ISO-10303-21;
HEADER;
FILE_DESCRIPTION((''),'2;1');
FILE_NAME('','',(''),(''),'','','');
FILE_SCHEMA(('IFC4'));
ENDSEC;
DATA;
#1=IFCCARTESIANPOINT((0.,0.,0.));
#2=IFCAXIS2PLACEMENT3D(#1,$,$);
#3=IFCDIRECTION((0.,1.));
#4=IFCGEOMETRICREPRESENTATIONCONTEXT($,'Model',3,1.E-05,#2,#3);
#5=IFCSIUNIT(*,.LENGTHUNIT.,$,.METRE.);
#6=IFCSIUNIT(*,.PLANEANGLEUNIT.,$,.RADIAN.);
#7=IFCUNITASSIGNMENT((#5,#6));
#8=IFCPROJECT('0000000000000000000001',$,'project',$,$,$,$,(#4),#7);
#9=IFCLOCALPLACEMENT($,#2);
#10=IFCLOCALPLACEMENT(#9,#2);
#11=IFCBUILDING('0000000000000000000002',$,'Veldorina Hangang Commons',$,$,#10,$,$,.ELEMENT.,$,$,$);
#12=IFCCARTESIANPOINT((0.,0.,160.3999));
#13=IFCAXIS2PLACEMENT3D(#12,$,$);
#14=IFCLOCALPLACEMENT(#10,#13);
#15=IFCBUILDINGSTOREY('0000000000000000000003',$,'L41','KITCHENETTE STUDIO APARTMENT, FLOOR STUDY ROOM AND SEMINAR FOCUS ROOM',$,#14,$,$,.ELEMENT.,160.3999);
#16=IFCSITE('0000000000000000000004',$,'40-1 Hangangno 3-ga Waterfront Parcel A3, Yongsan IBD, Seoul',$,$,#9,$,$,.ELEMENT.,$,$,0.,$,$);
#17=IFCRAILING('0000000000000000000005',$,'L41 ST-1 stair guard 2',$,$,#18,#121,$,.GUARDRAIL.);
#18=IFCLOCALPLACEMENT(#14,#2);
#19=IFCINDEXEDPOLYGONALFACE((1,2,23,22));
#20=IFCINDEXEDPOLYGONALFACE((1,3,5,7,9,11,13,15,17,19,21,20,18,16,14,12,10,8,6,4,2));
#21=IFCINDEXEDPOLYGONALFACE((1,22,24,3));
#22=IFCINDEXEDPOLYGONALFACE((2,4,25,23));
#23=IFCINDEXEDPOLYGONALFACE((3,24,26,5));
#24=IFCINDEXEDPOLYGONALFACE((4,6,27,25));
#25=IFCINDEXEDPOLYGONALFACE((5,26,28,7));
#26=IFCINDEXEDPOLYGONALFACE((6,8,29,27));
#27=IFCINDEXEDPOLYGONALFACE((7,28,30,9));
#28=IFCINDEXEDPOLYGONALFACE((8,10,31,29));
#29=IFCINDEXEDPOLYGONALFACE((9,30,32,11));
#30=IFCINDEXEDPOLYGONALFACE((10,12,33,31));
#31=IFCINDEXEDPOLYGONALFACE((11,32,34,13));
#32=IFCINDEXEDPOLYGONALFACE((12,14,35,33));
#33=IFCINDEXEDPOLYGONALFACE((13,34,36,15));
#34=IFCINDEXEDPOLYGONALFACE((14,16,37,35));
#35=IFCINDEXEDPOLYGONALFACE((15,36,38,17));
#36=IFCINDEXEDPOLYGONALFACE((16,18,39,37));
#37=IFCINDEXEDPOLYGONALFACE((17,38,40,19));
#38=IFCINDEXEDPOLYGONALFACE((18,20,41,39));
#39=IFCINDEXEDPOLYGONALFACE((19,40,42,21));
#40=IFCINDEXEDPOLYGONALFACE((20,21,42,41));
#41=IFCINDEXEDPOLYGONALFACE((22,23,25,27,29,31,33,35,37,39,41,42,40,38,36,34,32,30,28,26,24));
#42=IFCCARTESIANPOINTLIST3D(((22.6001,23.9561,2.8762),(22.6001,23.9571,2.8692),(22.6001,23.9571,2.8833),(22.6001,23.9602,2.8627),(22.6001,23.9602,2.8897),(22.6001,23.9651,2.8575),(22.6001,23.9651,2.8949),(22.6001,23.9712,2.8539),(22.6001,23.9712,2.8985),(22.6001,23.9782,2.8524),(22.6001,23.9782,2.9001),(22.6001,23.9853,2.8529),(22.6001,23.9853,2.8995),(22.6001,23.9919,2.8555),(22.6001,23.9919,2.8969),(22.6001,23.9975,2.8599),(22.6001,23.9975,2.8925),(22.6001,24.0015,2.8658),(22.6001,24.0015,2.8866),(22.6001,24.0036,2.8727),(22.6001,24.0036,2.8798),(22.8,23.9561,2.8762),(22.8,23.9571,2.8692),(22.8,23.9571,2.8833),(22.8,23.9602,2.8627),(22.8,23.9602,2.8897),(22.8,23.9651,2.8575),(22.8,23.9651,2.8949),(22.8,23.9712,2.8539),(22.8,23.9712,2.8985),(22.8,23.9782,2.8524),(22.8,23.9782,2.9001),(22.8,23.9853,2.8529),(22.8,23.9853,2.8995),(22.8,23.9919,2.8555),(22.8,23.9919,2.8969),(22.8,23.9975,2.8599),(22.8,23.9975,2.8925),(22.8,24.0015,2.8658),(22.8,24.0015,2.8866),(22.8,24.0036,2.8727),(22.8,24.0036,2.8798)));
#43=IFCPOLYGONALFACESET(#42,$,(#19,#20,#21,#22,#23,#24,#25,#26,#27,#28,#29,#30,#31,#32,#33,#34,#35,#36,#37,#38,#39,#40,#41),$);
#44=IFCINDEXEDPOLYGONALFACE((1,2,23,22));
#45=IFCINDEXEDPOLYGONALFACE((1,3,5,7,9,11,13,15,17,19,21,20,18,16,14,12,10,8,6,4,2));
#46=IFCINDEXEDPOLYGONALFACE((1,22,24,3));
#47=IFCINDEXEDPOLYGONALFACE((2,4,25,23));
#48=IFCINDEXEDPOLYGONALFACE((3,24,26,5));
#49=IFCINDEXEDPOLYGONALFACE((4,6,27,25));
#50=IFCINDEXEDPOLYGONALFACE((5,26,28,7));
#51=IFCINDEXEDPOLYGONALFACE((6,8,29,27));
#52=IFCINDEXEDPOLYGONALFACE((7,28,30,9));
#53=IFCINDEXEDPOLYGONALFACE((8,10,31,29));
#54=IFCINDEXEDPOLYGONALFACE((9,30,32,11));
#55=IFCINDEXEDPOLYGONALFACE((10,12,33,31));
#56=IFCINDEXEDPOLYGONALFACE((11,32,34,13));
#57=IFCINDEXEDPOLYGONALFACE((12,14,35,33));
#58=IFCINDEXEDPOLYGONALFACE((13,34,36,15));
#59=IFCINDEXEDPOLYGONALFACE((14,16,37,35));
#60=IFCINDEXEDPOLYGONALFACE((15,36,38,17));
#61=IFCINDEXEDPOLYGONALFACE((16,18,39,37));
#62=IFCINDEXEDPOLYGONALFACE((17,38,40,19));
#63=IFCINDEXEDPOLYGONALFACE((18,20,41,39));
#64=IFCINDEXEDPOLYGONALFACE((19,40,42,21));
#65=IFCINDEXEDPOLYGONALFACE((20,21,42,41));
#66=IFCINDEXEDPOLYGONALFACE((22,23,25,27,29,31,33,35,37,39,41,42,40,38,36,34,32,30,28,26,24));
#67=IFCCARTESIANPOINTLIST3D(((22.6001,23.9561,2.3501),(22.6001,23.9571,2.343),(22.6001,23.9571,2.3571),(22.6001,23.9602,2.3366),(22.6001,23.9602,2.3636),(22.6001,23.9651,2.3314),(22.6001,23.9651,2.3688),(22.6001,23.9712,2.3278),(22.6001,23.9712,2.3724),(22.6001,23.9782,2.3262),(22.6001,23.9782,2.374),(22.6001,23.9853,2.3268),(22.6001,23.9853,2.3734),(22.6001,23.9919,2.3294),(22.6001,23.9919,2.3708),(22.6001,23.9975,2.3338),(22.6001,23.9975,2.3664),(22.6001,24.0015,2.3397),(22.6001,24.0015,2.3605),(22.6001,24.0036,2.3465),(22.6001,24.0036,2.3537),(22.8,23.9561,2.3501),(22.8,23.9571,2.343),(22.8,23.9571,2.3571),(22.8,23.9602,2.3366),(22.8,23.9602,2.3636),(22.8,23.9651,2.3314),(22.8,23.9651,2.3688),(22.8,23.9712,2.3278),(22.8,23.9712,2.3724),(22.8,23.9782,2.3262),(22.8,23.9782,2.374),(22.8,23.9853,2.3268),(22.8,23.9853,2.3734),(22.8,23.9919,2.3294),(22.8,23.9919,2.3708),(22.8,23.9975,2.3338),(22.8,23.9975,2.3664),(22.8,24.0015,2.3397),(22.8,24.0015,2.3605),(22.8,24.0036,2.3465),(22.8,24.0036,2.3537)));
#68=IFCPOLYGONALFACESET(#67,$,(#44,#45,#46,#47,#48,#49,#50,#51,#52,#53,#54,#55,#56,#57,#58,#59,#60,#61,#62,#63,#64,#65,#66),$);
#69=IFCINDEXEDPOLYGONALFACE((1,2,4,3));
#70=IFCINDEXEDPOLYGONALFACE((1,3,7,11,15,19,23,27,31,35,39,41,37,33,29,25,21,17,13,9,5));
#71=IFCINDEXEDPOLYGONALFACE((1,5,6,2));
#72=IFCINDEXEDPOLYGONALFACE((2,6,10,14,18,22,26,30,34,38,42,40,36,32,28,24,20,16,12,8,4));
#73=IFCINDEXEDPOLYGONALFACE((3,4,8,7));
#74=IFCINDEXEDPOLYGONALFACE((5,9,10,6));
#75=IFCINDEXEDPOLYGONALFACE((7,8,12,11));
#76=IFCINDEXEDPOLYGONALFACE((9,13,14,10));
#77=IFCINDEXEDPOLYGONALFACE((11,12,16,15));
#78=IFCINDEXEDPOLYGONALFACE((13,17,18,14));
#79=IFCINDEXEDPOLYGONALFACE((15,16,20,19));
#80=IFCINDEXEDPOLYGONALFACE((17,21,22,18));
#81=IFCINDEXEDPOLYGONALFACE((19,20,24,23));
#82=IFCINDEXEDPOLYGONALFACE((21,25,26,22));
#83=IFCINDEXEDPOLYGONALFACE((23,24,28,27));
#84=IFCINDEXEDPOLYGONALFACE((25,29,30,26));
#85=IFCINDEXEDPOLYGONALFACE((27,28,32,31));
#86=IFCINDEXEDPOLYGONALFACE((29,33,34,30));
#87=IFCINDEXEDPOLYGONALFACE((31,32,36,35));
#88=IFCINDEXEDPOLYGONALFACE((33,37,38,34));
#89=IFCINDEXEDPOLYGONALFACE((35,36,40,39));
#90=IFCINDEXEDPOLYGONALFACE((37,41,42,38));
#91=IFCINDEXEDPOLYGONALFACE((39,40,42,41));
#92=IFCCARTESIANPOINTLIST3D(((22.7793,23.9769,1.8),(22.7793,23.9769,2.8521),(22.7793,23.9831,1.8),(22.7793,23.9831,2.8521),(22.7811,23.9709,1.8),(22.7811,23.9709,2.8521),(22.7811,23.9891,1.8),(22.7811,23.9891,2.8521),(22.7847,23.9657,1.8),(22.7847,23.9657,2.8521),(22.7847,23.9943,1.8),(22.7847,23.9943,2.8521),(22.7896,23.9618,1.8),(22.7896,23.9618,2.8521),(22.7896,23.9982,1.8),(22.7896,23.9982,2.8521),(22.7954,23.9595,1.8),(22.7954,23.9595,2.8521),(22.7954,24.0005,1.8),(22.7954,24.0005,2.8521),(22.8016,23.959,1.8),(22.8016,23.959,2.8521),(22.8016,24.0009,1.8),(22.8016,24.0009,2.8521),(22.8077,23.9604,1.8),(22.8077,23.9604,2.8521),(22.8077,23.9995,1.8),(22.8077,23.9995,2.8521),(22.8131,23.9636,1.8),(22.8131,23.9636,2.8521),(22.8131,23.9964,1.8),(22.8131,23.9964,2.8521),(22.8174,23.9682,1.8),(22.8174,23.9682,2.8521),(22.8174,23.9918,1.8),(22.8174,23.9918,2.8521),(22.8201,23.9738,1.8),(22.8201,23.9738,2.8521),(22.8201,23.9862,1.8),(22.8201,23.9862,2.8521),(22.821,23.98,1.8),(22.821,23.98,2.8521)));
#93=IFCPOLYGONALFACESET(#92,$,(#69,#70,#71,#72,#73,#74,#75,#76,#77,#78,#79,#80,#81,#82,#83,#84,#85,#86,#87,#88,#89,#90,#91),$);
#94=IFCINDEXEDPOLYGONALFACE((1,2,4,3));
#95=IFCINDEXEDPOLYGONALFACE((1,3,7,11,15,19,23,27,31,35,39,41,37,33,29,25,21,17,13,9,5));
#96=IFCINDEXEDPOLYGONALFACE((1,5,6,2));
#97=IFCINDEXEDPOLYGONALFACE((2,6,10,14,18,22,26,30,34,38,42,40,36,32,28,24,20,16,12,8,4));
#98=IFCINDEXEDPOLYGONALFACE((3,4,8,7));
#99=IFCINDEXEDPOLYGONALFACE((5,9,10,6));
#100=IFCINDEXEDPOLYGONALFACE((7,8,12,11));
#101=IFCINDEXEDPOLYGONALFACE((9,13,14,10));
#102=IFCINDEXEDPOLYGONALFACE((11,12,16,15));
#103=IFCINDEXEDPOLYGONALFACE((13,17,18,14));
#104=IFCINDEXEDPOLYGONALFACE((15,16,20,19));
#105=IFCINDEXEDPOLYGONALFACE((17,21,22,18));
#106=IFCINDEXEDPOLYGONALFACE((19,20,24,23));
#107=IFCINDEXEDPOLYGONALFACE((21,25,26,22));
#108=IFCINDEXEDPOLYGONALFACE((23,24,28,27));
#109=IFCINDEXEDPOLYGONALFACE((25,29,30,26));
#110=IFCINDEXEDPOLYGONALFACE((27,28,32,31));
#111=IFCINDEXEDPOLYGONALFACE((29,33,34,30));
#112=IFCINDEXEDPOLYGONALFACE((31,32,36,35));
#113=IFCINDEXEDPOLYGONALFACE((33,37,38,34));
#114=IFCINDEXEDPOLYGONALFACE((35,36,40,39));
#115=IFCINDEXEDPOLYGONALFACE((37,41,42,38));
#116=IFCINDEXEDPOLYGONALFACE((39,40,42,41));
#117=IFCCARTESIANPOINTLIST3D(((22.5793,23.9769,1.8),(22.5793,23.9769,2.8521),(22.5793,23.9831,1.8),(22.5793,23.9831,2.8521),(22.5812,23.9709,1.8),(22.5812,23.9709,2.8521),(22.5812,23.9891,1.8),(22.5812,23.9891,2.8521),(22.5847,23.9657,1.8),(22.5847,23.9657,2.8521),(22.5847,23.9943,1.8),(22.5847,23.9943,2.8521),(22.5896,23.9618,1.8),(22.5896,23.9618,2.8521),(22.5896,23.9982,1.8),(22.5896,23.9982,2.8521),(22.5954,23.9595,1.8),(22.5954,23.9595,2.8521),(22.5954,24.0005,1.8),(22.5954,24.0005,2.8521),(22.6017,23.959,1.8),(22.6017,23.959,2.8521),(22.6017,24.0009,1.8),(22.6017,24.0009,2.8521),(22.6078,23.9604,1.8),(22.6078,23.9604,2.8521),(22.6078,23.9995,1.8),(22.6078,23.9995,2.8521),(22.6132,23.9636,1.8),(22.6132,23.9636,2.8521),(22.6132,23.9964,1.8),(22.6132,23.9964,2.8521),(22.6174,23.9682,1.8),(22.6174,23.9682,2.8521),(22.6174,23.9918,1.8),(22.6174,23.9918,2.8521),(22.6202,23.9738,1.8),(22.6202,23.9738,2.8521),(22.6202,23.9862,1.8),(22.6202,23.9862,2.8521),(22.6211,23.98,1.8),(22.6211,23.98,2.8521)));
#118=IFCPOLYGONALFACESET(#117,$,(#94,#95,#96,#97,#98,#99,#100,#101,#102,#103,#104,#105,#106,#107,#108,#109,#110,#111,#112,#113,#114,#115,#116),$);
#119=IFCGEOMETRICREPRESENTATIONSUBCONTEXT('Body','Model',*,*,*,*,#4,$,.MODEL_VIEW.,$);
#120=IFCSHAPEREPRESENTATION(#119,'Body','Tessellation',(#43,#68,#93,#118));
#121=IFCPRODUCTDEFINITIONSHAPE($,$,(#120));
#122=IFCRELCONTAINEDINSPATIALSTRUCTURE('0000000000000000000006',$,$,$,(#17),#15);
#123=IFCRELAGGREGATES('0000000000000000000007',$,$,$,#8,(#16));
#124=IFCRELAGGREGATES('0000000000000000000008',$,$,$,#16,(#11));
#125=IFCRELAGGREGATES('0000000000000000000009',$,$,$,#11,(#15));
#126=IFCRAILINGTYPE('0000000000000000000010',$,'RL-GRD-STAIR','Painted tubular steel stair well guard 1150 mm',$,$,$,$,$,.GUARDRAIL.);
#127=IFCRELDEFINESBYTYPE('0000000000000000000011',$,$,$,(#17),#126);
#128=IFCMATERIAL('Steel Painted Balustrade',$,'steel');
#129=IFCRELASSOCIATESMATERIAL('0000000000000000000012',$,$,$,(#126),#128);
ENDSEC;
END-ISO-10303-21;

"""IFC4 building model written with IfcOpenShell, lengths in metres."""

from ifc_helpers import new_model, si_unit, direction, frame, origin, origin_2d, place, context, subcontext, project, spatial, circle, extrude, material, type_object, element, save


model = new_model("IFC4")

# Units and contexts
model_context = context("Model", 3, precision=1e-05, world=origin(), true_north=direction((0.0, 1.0)))
body_context = subcontext(model_context, "Body", "Model", "MODEL_VIEW")
ifc_project = project(units=[si_unit("LENGTHUNIT", "METRE"), si_unit("PLANEANGLEUNIT", "RADIAN")], contexts=[model_context])

# Site, building, storey
site_placement = place(None, origin())
site = spatial("IfcSite", under=ifc_project, at=site_placement, Name="40-1 Hangangno 3-ga Waterfront Parcel A3, Yongsan IBD, Seoul", CompositionType="ELEMENT", RefElevation=0.0)
building_placement = place(site_placement, origin())
building = spatial("IfcBuilding", under=site, at=building_placement, Name="Veldorina Hangang Commons", CompositionType="ELEMENT")
storey_placement = place(building_placement, frame((0.0, 0.0, 160.3999)))
storey = spatial("IfcBuildingStorey", under=building, at=storey_placement, Name="L41", Description="KITCHENETTE STUDIO APARTMENT, FLOOR STUDY ROOM AND SEMINAR FOCUS ROOM", CompositionType="ELEMENT", Elevation=160.3999)

# Railing
ifc_material_1 = material(Name="Steel Painted Balustrade", Category="steel")
railing_type = type_object("IfcRailingType", Name="RL-GRD-STAIR", Description="Painted tubular steel stair well guard 1150 mm", PredefinedType="GUARDRAIL", material=ifc_material_1)
railing_1_placement = place(storey_placement, frame((22.8, 23.98, 1.8)))
element("IfcRailing", 1, at=railing_1_placement, inside=storey, type_object=railing_type, Name="L41 ST-1 stair guard 2", PredefinedType="GUARDRAIL", context=body_context, shape_type="SweptSolid", body=[
    extrude(circle(Radius=0.0239, at=origin_2d()), frame((0.0, 0.0, 1.0762), z_axis=(-1.0, 0.0, 0.0), x_axis=(0.0, -1.0, 0.0)), (0.0, 0.0, 1.0), 0.2),
    extrude(circle(Radius=0.0239, at=origin_2d()), frame((0.0, 0.0, 0.55), z_axis=(-1.0, 0.0, 0.0), x_axis=(0.0, -1.0, 0.0)), (0.0, 0.0, 1.0), 0.2),
    extrude(circle(Radius=0.021, at=origin_2d()), origin(), (0.0, 0.0, 1.0), 1.052),
    extrude(circle(Radius=0.021, at=origin_2d()), frame((-0.2, 0.0, 0.0)), (0.0, 0.0, 1.0), 1.052),
])

save(model, "model.ifc")
